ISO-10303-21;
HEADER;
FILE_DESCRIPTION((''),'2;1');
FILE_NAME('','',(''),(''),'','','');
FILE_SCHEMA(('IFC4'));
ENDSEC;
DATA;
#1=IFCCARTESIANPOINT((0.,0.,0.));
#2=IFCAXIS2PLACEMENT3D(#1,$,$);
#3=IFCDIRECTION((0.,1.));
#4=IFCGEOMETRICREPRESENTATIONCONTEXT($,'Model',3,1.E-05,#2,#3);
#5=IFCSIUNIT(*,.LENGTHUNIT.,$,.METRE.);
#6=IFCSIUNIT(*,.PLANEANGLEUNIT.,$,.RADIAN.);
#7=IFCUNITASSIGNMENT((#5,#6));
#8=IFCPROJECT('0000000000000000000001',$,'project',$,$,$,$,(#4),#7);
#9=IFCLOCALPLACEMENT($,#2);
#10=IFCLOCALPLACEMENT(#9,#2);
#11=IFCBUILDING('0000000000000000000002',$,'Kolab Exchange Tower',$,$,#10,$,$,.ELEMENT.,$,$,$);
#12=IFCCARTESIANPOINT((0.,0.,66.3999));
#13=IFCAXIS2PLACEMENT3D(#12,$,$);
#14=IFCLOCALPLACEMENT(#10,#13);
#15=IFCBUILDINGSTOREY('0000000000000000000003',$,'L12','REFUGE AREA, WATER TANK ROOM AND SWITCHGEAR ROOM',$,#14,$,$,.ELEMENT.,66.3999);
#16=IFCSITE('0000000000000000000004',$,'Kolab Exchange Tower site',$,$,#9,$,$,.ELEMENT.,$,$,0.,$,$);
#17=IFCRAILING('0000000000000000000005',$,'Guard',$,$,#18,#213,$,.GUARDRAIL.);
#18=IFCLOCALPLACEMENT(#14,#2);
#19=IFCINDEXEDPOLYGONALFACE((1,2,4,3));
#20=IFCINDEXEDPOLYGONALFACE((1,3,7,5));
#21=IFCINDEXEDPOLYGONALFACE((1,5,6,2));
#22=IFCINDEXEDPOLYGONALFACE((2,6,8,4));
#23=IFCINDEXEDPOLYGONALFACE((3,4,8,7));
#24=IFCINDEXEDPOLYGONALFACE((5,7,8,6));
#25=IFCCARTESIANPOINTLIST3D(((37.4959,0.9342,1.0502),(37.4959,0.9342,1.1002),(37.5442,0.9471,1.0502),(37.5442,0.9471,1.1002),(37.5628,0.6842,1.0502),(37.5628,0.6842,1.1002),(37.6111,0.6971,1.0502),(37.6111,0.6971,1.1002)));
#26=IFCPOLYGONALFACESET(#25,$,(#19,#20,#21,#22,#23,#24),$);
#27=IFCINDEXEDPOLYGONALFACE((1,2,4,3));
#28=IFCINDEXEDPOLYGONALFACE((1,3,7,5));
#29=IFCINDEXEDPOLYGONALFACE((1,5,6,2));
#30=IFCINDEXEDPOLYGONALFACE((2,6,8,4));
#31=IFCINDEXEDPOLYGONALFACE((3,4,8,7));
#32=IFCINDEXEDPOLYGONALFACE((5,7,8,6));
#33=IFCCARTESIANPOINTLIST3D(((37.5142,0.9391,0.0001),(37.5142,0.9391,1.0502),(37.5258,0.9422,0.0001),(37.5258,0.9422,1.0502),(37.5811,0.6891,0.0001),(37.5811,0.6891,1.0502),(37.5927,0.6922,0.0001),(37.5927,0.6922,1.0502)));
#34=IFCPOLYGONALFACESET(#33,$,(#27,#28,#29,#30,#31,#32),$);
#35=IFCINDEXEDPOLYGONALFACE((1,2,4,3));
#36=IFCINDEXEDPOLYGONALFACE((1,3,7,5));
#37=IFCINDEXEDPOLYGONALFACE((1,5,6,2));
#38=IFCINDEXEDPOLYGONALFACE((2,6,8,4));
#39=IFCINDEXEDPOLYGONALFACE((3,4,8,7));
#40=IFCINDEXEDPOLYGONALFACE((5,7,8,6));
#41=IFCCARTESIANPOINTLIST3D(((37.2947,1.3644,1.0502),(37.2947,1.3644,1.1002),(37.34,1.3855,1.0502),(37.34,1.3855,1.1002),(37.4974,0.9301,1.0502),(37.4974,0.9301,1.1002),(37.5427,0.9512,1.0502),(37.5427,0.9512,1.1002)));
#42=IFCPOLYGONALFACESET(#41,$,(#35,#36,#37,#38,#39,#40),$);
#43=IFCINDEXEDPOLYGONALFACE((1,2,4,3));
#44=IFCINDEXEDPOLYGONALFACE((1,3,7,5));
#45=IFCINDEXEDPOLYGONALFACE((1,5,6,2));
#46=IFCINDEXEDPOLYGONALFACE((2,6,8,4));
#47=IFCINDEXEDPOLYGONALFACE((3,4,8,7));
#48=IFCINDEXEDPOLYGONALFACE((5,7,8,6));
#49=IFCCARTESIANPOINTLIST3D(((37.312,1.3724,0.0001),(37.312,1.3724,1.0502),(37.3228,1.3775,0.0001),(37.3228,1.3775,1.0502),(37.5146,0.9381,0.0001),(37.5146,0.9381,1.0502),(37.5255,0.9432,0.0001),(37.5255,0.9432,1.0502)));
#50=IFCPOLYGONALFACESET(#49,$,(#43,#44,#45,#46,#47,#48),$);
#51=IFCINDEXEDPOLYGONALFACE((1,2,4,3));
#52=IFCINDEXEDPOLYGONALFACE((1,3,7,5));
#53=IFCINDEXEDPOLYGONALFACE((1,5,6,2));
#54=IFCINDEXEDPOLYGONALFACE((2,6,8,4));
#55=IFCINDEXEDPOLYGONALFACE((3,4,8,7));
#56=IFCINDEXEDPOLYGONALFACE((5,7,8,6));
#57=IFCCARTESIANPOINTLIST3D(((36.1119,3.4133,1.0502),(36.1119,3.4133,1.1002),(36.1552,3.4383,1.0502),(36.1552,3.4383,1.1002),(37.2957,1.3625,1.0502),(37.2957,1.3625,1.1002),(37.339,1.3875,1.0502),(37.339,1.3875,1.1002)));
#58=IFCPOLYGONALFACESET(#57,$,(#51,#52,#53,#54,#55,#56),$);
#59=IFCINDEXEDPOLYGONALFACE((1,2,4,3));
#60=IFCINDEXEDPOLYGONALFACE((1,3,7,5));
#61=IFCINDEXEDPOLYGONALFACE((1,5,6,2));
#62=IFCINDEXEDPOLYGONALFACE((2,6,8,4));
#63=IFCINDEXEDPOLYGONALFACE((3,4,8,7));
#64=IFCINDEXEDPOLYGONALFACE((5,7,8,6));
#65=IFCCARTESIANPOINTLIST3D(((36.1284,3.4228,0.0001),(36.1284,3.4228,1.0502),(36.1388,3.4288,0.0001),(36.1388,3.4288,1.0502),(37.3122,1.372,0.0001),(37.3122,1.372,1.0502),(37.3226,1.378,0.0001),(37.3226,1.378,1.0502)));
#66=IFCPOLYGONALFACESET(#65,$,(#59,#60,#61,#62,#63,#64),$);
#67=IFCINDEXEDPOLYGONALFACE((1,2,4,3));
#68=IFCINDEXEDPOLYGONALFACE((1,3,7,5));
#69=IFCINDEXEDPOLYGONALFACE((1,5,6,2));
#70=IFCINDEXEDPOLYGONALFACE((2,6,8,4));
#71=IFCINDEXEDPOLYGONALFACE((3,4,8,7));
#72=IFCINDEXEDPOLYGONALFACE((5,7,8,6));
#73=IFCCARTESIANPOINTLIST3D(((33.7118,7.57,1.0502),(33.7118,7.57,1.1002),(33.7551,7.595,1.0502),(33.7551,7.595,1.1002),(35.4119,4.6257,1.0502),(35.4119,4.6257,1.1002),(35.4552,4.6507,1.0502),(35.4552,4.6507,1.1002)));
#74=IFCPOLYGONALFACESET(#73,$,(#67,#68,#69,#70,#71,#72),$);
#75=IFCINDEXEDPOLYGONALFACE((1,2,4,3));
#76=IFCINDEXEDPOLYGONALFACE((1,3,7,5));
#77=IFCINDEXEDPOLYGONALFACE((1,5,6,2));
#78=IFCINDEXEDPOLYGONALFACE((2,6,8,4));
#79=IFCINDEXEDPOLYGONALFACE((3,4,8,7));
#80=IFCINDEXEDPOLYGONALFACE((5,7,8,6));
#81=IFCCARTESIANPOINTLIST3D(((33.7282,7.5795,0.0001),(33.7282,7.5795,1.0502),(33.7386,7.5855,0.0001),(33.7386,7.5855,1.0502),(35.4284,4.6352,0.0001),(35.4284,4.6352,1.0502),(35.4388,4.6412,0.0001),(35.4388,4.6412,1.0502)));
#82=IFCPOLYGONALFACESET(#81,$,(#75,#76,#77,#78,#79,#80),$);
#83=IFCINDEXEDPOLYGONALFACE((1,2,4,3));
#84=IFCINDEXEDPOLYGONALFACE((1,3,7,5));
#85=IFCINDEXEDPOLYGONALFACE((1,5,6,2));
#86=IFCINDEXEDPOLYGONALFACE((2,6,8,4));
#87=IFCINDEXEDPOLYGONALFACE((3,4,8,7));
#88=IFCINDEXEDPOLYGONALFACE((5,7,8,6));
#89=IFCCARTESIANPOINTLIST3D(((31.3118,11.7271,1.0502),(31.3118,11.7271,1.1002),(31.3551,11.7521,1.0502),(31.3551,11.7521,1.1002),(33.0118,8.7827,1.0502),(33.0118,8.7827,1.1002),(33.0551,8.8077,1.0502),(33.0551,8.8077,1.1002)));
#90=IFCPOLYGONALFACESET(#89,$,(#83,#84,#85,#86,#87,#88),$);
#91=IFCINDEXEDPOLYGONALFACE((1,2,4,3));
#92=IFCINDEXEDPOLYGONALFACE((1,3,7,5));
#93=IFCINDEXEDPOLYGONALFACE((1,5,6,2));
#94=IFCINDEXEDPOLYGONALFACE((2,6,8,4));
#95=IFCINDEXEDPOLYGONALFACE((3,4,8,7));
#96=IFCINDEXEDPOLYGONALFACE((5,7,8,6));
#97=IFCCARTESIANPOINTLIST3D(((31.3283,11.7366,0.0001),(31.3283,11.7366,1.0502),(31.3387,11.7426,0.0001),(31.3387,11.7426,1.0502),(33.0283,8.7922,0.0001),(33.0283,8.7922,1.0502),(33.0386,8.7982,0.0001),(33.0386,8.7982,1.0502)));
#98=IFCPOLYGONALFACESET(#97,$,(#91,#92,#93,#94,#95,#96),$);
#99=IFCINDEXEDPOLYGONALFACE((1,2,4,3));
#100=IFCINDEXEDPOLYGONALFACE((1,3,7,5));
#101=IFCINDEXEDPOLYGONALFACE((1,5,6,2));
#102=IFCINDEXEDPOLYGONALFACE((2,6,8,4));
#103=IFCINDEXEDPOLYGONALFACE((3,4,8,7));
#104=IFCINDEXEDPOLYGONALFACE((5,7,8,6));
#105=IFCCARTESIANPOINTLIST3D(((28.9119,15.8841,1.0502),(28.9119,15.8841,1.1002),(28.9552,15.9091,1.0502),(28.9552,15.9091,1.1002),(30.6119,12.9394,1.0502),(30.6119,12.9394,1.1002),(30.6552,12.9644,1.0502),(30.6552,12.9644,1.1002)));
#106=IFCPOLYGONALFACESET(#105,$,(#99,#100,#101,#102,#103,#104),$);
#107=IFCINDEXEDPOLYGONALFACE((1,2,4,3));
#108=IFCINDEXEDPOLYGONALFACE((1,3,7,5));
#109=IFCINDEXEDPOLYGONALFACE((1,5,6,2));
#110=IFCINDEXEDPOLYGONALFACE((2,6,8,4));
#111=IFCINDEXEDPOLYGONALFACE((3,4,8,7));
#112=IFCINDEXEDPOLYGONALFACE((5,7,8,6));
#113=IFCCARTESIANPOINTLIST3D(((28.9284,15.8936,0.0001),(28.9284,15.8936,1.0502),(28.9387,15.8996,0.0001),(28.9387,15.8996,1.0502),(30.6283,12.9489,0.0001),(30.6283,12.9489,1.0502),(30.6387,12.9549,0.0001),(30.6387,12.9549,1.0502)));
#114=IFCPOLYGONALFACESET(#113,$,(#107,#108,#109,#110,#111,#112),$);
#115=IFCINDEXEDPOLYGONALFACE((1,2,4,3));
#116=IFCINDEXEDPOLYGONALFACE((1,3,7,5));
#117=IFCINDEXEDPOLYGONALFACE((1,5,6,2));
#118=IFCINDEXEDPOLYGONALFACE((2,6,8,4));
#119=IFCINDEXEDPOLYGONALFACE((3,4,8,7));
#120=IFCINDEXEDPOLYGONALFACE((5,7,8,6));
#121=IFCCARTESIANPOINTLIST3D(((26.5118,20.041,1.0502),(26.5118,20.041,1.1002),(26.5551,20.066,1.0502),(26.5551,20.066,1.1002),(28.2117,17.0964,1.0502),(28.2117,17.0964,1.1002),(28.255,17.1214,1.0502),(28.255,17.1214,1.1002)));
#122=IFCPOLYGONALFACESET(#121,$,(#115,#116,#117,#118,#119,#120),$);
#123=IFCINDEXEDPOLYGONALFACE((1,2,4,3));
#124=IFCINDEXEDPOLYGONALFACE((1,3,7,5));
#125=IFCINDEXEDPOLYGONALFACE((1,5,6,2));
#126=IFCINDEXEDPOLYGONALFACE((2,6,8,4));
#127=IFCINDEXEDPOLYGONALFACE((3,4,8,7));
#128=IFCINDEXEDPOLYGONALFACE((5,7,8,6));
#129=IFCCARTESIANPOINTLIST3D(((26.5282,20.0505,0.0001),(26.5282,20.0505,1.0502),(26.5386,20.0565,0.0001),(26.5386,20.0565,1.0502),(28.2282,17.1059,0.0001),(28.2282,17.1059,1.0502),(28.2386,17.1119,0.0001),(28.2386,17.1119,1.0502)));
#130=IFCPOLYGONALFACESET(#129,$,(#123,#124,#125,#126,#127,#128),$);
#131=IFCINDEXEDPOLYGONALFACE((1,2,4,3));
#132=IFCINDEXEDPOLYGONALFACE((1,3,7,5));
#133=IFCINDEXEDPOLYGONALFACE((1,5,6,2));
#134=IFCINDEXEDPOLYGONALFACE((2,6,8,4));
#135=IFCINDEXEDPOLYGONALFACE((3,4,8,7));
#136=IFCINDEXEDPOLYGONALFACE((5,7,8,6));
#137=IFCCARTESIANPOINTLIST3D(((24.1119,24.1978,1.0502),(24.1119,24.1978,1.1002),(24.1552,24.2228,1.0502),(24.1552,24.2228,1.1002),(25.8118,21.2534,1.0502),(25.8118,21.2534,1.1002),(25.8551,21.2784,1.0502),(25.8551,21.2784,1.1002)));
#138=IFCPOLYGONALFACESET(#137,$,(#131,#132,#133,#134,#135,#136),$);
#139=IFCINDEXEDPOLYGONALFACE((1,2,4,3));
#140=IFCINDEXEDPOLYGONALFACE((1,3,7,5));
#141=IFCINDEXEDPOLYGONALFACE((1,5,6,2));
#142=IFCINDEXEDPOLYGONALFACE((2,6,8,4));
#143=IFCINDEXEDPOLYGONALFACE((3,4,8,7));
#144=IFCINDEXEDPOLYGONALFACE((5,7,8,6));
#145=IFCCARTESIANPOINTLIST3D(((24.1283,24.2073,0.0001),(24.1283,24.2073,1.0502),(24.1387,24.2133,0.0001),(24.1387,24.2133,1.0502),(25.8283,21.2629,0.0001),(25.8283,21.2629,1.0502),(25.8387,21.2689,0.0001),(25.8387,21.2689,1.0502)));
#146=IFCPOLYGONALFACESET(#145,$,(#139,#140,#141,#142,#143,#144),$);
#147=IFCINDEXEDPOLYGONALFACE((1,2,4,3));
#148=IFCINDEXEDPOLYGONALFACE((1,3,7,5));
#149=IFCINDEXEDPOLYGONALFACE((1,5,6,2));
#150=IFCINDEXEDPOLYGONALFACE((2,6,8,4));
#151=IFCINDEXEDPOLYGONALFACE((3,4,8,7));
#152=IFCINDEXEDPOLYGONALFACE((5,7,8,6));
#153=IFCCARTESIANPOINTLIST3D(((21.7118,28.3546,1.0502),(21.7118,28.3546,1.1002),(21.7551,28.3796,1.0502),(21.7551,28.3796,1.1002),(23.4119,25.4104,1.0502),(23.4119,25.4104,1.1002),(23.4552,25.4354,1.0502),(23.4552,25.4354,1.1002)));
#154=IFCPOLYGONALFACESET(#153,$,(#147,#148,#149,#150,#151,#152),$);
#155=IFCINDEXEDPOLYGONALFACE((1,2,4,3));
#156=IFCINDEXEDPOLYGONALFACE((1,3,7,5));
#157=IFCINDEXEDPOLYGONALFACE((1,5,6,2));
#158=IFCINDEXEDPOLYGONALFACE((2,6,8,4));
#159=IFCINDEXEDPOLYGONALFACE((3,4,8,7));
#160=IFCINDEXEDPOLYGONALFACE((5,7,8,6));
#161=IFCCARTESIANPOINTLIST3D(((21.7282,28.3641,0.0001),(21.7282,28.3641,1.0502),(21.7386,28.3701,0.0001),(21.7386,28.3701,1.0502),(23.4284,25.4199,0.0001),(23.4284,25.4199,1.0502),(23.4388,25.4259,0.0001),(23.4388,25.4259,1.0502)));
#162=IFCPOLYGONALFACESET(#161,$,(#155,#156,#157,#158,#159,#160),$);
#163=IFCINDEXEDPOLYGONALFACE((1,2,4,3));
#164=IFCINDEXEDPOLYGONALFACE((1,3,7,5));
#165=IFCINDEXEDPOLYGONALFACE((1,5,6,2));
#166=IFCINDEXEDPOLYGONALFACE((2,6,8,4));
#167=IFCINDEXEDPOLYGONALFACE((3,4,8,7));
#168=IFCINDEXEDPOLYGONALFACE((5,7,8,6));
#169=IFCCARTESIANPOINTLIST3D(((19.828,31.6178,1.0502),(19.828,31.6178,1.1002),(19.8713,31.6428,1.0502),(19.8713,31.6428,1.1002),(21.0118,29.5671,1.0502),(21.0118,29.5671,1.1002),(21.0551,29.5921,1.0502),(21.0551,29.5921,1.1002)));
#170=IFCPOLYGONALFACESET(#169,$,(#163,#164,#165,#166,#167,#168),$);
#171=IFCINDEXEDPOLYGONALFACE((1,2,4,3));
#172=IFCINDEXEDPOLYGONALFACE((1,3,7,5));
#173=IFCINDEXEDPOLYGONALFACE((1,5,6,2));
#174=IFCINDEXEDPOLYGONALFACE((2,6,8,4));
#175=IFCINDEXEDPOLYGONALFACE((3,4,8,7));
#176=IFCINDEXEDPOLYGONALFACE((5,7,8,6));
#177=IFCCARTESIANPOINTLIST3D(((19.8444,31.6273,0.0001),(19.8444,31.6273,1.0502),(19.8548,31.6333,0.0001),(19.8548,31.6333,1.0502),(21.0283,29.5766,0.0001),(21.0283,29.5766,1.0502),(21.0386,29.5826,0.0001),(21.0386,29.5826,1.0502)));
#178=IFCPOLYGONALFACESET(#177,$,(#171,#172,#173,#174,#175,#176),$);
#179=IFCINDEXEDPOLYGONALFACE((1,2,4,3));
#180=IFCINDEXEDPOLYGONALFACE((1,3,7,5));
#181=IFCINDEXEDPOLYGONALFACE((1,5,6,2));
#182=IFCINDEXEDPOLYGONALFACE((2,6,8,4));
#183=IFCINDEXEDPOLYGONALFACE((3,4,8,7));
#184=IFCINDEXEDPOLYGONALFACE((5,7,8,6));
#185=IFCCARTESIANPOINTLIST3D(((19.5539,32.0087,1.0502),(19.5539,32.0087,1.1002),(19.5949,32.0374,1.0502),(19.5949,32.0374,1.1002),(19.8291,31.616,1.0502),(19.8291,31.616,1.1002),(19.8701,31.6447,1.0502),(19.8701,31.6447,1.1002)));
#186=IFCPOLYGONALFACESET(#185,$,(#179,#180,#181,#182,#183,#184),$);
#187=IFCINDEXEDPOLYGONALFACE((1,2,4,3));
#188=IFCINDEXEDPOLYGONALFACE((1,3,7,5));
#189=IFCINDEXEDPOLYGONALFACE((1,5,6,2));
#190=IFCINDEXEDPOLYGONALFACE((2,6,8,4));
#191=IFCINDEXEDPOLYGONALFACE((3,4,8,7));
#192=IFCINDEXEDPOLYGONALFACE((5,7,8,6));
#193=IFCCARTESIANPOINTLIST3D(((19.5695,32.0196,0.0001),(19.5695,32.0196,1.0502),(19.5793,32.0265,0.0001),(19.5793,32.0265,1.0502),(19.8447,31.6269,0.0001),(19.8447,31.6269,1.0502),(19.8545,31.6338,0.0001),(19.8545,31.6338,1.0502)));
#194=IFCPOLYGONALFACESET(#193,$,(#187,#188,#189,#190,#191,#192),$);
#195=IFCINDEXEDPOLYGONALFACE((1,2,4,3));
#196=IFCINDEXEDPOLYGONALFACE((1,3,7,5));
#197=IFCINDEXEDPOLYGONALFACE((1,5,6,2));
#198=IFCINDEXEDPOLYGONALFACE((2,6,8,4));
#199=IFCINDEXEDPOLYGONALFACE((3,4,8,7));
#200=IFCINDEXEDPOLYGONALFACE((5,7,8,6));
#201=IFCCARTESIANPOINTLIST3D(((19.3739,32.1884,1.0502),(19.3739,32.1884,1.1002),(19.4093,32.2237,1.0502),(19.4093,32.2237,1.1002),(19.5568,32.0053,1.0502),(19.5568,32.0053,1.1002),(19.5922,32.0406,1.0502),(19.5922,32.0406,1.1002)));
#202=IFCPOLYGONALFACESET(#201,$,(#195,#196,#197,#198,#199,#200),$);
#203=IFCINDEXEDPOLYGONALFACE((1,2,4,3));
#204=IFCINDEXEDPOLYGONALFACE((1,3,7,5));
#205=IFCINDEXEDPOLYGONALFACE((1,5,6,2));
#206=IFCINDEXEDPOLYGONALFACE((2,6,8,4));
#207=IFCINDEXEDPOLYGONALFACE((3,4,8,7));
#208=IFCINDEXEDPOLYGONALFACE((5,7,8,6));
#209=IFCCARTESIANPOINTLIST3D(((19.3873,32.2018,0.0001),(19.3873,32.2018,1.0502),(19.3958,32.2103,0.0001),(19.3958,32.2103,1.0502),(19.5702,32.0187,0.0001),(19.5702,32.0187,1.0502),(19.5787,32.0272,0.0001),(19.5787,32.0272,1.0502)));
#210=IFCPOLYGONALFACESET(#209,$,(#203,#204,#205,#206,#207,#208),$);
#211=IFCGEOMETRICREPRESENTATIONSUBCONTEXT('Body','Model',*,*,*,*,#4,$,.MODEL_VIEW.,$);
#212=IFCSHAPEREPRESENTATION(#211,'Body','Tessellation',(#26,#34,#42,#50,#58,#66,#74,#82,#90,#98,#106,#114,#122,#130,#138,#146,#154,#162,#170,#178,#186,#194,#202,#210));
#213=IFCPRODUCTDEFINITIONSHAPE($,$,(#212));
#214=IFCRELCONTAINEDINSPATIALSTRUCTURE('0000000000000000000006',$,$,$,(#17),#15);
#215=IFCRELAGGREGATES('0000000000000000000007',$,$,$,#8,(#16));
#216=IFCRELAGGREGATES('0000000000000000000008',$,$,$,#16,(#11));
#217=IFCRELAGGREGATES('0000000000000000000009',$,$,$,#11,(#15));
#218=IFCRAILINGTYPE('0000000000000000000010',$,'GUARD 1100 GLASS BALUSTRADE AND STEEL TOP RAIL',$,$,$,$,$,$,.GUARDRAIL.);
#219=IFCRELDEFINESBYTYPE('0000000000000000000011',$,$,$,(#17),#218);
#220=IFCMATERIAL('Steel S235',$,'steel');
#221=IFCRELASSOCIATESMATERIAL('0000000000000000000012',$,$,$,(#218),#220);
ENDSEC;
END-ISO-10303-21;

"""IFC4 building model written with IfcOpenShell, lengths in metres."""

from ifc_helpers import new_model, si_unit, direction, frame, frame_2d, origin, origin_2d, place, context, subcontext, project, spatial, rectangle, extrude, material, type_object, element, save


model = new_model("IFC4")

# Units and contexts
model_context = context("Model", 3, precision=1e-05, world=origin(), true_north=direction((0.0, 1.0)))
body_context = subcontext(model_context, "Body", "Model", "MODEL_VIEW")
ifc_project = project(units=[si_unit("LENGTHUNIT", "METRE"), si_unit("PLANEANGLEUNIT", "RADIAN")], contexts=[model_context])

# Site, building, storey
site_placement = place(None, origin())
site = spatial("IfcSite", under=ifc_project, at=site_placement, Name="Kolab Exchange Tower site", CompositionType="ELEMENT", RefElevation=0.0)
building_placement = place(site_placement, origin())
building = spatial("IfcBuilding", under=site, at=building_placement, Name="Kolab Exchange Tower", CompositionType="ELEMENT")
storey_placement = place(building_placement, frame((0.0, 0.0, 66.3999)))
storey = spatial("IfcBuildingStorey", under=building, at=storey_placement, Name="L12", Description="REFUGE AREA, WATER TANK ROOM AND SWITCHGEAR ROOM", CompositionType="ELEMENT", Elevation=66.3999)

# Railing
ifc_material_1 = material(Name="Steel S235", Category="steel")
railing_type = type_object("IfcRailingType", Name="GUARD 1100 GLASS BALUSTRADE AND STEEL TOP RAIL", PredefinedType="GUARDRAIL", material=ifc_material_1)
railing_placement = place(storey_placement, frame((37.5869, 0.6907, 0.0)))
element("IfcRailing", 1, at=railing_placement, inside=storey, type_object=railing_type, Name="Guard", PredefinedType="GUARDRAIL", context=body_context, shape_type="SweptSolid", body=[
    extrude(rectangle(XDim=0.05, YDim=0.05, at=origin_2d()), frame((0.0, 0.0, 1.0752), z_axis=(-0.258485, 0.966015, 0.0), x_axis=(-0.966015, -0.258485, 0.0)), (0.0, 0.0, 1.0), 0.2588),
    extrude(rectangle(XDim=0.012, YDim=1.0501, at=frame_2d((0.0, 0.5251))), frame((0.0, 0.0, 0.0), z_axis=(-0.258485, 0.966015, 0.0), x_axis=(-0.966015, -0.258485, 0.0)), (0.0, 0.0, 1.0), 0.2588),
    extrude(rectangle(XDim=0.05, YDim=0.05, at=origin_2d()), frame((-0.0669, 0.25, 1.0752), z_axis=(-0.422802, 0.906222, 0.0), x_axis=(-0.906222, -0.422802, 0.0)), (0.0, 0.0, 1.0), 0.4792),
    extrude(rectangle(XDim=0.012, YDim=1.0501, at=frame_2d((0.0, 0.5251))), frame((-0.0669, 0.25, 0.0), z_axis=(-0.422802, 0.906222, 0.0), x_axis=(-0.906222, -0.422802, 0.0)), (0.0, 0.0, 1.0), 0.4792),
    extrude(rectangle(XDim=0.05, YDim=0.05, at=origin_2d()), frame((-0.2695, 0.6843, 1.0752), z_axis=(-0.499943, 0.866059, 0.0), x_axis=(-0.866059, -0.499943, 0.0)), (0.0, 0.0, 1.0), 2.3679),
    extrude(rectangle(XDim=0.012, YDim=1.0501, at=frame_2d((0.0, 0.5251))), frame((-0.2695, 0.6843, 0.0), z_axis=(-0.499943, 0.866059, 0.0), x_axis=(-0.866059, -0.499943, 0.0)), (0.0, 0.0, 1.0), 2.3679),
    extrude(rectangle(XDim=0.05, YDim=0.05, at=origin_2d()), frame((-2.1533, 3.9475, 1.0752), z_axis=(-0.500062, 0.865989, 0.0), x_axis=(-0.865989, -0.500062, 0.0)), (0.0, 0.0, 1.0), 3.3999),
    extrude(rectangle(XDim=0.012, YDim=1.0501, at=frame_2d((0.0, 0.5251))), frame((-2.1533, 3.9475, 0.0), z_axis=(-0.500062, 0.865989, 0.0), x_axis=(-0.865989, -0.500062, 0.0)), (0.0, 0.0, 1.0), 3.3999),
    extrude(rectangle(XDim=0.05, YDim=0.05, at=origin_2d()), frame((-4.5535, 8.1045, 1.0752), z_axis=(-0.500008, 0.866021, 0.0), x_axis=(-0.866021, -0.500008, 0.0)), (0.0, 0.0, 1.0), 3.3999),
    extrude(rectangle(XDim=0.012, YDim=1.0501, at=frame_2d((0.0, 0.5251))), frame((-4.5535, 8.1045, 0.0), z_axis=(-0.500008, 0.866021, 0.0), x_axis=(-0.866021, -0.500008, 0.0)), (0.0, 0.0, 1.0), 3.3999),
    extrude(rectangle(XDim=0.05, YDim=0.05, at=origin_2d()), frame((-6.9534, 12.2612, 1.0752), z_axis=(-0.499977, 0.866039, 0.0), x_axis=(-0.866039, -0.499977, 0.0)), (0.0, 0.0, 1.0), 3.4001),
    extrude(rectangle(XDim=0.012, YDim=1.0501, at=frame_2d((0.0, 0.5251))), frame((-6.9534, 12.2612, 0.0), z_axis=(-0.499977, 0.866039, 0.0), x_axis=(-0.866039, -0.499977, 0.0)), (0.0, 0.0, 1.0), 3.4001),
    extrude(rectangle(XDim=0.05, YDim=0.05, at=origin_2d()), frame((-9.3535, 16.4182, 1.0752), z_axis=(-0.499977, 0.866039, 0.0), x_axis=(-0.866039, -0.499977, 0.0)), (0.0, 0.0, 1.0), 3.4001),
    extrude(rectangle(XDim=0.012, YDim=1.0501, at=frame_2d((0.0, 0.5251))), frame((-9.3535, 16.4182, 0.0), z_axis=(-0.499977, 0.866039, 0.0), x_axis=(-0.866039, -0.499977, 0.0)), (0.0, 0.0, 1.0), 3.4001),
    extrude(rectangle(XDim=0.05, YDim=0.05, at=origin_2d()), frame((-11.7534, 20.5752, 1.0752), z_axis=(-0.500008, 0.866021, 0.0), x_axis=(-0.866021, -0.500008, 0.0)), (0.0, 0.0, 1.0), 3.3999),
    extrude(rectangle(XDim=0.012, YDim=1.0501, at=frame_2d((0.0, 0.5251))), frame((-11.7534, 20.5752, 0.0), z_axis=(-0.500008, 0.866021, 0.0), x_axis=(-0.866021, -0.500008, 0.0)), (0.0, 0.0, 1.0), 3.3999),
    extrude(rectangle(XDim=0.05, YDim=0.05, at=origin_2d()), frame((-14.1533, 24.7322, 1.0752), z_axis=(-0.500062, 0.865989, 0.0), x_axis=(-0.865989, -0.500062, 0.0)), (0.0, 0.0, 1.0), 3.3999),
    extrude(rectangle(XDim=0.012, YDim=1.0501, at=frame_2d((0.0, 0.5251))), frame((-14.1533, 24.7322, 0.0), z_axis=(-0.500062, 0.865989, 0.0), x_axis=(-0.865989, -0.500062, 0.0)), (0.0, 0.0, 1.0), 3.3999),
    extrude(rectangle(XDim=0.05, YDim=0.05, at=origin_2d()), frame((-16.5535, 28.8889, 1.0752), z_axis=(-0.499943, 0.866059, 0.0), x_axis=(-0.866059, -0.499943, 0.0)), (0.0, 0.0, 1.0), 2.3679),
    extrude(rectangle(XDim=0.012, YDim=1.0501, at=frame_2d((0.0, 0.5251))), frame((-16.5535, 28.8889, 0.0), z_axis=(-0.499943, 0.866059, 0.0), x_axis=(-0.866059, -0.499943, 0.0)), (0.0, 0.0, 1.0), 2.3679),
    extrude(rectangle(XDim=0.05, YDim=0.05, at=origin_2d()), frame((-17.7373, 30.9397, 1.0752), z_axis=(-0.573941, 0.818897, 0.0), x_axis=(-0.818897, -0.573941, 0.0)), (0.0, 0.0, 1.0), 0.4795),
    extrude(rectangle(XDim=0.012, YDim=1.0501, at=frame_2d((0.0, 0.5251))), frame((-17.7373, 30.9397, 0.0), z_axis=(-0.573941, 0.818897, 0.0), x_axis=(-0.818897, -0.573941, 0.0)), (0.0, 0.0, 1.0), 0.4795),
    extrude(rectangle(XDim=0.05, YDim=0.05, at=origin_2d()), frame((-18.0125, 31.3323, 1.0752), z_axis=(-0.706635, 0.707578, 0.0), x_axis=(-0.707578, -0.706635, 0.0)), (0.0, 0.0, 1.0), 0.2588),
    extrude(rectangle(XDim=0.012, YDim=1.0501, at=frame_2d((0.0, 0.5251))), frame((-18.0125, 31.3323, 0.0), z_axis=(-0.706635, 0.707578, 0.0), x_axis=(-0.707578, -0.706635, 0.0)), (0.0, 0.0, 1.0), 0.2588),
])

save(model, "model.ifc")
